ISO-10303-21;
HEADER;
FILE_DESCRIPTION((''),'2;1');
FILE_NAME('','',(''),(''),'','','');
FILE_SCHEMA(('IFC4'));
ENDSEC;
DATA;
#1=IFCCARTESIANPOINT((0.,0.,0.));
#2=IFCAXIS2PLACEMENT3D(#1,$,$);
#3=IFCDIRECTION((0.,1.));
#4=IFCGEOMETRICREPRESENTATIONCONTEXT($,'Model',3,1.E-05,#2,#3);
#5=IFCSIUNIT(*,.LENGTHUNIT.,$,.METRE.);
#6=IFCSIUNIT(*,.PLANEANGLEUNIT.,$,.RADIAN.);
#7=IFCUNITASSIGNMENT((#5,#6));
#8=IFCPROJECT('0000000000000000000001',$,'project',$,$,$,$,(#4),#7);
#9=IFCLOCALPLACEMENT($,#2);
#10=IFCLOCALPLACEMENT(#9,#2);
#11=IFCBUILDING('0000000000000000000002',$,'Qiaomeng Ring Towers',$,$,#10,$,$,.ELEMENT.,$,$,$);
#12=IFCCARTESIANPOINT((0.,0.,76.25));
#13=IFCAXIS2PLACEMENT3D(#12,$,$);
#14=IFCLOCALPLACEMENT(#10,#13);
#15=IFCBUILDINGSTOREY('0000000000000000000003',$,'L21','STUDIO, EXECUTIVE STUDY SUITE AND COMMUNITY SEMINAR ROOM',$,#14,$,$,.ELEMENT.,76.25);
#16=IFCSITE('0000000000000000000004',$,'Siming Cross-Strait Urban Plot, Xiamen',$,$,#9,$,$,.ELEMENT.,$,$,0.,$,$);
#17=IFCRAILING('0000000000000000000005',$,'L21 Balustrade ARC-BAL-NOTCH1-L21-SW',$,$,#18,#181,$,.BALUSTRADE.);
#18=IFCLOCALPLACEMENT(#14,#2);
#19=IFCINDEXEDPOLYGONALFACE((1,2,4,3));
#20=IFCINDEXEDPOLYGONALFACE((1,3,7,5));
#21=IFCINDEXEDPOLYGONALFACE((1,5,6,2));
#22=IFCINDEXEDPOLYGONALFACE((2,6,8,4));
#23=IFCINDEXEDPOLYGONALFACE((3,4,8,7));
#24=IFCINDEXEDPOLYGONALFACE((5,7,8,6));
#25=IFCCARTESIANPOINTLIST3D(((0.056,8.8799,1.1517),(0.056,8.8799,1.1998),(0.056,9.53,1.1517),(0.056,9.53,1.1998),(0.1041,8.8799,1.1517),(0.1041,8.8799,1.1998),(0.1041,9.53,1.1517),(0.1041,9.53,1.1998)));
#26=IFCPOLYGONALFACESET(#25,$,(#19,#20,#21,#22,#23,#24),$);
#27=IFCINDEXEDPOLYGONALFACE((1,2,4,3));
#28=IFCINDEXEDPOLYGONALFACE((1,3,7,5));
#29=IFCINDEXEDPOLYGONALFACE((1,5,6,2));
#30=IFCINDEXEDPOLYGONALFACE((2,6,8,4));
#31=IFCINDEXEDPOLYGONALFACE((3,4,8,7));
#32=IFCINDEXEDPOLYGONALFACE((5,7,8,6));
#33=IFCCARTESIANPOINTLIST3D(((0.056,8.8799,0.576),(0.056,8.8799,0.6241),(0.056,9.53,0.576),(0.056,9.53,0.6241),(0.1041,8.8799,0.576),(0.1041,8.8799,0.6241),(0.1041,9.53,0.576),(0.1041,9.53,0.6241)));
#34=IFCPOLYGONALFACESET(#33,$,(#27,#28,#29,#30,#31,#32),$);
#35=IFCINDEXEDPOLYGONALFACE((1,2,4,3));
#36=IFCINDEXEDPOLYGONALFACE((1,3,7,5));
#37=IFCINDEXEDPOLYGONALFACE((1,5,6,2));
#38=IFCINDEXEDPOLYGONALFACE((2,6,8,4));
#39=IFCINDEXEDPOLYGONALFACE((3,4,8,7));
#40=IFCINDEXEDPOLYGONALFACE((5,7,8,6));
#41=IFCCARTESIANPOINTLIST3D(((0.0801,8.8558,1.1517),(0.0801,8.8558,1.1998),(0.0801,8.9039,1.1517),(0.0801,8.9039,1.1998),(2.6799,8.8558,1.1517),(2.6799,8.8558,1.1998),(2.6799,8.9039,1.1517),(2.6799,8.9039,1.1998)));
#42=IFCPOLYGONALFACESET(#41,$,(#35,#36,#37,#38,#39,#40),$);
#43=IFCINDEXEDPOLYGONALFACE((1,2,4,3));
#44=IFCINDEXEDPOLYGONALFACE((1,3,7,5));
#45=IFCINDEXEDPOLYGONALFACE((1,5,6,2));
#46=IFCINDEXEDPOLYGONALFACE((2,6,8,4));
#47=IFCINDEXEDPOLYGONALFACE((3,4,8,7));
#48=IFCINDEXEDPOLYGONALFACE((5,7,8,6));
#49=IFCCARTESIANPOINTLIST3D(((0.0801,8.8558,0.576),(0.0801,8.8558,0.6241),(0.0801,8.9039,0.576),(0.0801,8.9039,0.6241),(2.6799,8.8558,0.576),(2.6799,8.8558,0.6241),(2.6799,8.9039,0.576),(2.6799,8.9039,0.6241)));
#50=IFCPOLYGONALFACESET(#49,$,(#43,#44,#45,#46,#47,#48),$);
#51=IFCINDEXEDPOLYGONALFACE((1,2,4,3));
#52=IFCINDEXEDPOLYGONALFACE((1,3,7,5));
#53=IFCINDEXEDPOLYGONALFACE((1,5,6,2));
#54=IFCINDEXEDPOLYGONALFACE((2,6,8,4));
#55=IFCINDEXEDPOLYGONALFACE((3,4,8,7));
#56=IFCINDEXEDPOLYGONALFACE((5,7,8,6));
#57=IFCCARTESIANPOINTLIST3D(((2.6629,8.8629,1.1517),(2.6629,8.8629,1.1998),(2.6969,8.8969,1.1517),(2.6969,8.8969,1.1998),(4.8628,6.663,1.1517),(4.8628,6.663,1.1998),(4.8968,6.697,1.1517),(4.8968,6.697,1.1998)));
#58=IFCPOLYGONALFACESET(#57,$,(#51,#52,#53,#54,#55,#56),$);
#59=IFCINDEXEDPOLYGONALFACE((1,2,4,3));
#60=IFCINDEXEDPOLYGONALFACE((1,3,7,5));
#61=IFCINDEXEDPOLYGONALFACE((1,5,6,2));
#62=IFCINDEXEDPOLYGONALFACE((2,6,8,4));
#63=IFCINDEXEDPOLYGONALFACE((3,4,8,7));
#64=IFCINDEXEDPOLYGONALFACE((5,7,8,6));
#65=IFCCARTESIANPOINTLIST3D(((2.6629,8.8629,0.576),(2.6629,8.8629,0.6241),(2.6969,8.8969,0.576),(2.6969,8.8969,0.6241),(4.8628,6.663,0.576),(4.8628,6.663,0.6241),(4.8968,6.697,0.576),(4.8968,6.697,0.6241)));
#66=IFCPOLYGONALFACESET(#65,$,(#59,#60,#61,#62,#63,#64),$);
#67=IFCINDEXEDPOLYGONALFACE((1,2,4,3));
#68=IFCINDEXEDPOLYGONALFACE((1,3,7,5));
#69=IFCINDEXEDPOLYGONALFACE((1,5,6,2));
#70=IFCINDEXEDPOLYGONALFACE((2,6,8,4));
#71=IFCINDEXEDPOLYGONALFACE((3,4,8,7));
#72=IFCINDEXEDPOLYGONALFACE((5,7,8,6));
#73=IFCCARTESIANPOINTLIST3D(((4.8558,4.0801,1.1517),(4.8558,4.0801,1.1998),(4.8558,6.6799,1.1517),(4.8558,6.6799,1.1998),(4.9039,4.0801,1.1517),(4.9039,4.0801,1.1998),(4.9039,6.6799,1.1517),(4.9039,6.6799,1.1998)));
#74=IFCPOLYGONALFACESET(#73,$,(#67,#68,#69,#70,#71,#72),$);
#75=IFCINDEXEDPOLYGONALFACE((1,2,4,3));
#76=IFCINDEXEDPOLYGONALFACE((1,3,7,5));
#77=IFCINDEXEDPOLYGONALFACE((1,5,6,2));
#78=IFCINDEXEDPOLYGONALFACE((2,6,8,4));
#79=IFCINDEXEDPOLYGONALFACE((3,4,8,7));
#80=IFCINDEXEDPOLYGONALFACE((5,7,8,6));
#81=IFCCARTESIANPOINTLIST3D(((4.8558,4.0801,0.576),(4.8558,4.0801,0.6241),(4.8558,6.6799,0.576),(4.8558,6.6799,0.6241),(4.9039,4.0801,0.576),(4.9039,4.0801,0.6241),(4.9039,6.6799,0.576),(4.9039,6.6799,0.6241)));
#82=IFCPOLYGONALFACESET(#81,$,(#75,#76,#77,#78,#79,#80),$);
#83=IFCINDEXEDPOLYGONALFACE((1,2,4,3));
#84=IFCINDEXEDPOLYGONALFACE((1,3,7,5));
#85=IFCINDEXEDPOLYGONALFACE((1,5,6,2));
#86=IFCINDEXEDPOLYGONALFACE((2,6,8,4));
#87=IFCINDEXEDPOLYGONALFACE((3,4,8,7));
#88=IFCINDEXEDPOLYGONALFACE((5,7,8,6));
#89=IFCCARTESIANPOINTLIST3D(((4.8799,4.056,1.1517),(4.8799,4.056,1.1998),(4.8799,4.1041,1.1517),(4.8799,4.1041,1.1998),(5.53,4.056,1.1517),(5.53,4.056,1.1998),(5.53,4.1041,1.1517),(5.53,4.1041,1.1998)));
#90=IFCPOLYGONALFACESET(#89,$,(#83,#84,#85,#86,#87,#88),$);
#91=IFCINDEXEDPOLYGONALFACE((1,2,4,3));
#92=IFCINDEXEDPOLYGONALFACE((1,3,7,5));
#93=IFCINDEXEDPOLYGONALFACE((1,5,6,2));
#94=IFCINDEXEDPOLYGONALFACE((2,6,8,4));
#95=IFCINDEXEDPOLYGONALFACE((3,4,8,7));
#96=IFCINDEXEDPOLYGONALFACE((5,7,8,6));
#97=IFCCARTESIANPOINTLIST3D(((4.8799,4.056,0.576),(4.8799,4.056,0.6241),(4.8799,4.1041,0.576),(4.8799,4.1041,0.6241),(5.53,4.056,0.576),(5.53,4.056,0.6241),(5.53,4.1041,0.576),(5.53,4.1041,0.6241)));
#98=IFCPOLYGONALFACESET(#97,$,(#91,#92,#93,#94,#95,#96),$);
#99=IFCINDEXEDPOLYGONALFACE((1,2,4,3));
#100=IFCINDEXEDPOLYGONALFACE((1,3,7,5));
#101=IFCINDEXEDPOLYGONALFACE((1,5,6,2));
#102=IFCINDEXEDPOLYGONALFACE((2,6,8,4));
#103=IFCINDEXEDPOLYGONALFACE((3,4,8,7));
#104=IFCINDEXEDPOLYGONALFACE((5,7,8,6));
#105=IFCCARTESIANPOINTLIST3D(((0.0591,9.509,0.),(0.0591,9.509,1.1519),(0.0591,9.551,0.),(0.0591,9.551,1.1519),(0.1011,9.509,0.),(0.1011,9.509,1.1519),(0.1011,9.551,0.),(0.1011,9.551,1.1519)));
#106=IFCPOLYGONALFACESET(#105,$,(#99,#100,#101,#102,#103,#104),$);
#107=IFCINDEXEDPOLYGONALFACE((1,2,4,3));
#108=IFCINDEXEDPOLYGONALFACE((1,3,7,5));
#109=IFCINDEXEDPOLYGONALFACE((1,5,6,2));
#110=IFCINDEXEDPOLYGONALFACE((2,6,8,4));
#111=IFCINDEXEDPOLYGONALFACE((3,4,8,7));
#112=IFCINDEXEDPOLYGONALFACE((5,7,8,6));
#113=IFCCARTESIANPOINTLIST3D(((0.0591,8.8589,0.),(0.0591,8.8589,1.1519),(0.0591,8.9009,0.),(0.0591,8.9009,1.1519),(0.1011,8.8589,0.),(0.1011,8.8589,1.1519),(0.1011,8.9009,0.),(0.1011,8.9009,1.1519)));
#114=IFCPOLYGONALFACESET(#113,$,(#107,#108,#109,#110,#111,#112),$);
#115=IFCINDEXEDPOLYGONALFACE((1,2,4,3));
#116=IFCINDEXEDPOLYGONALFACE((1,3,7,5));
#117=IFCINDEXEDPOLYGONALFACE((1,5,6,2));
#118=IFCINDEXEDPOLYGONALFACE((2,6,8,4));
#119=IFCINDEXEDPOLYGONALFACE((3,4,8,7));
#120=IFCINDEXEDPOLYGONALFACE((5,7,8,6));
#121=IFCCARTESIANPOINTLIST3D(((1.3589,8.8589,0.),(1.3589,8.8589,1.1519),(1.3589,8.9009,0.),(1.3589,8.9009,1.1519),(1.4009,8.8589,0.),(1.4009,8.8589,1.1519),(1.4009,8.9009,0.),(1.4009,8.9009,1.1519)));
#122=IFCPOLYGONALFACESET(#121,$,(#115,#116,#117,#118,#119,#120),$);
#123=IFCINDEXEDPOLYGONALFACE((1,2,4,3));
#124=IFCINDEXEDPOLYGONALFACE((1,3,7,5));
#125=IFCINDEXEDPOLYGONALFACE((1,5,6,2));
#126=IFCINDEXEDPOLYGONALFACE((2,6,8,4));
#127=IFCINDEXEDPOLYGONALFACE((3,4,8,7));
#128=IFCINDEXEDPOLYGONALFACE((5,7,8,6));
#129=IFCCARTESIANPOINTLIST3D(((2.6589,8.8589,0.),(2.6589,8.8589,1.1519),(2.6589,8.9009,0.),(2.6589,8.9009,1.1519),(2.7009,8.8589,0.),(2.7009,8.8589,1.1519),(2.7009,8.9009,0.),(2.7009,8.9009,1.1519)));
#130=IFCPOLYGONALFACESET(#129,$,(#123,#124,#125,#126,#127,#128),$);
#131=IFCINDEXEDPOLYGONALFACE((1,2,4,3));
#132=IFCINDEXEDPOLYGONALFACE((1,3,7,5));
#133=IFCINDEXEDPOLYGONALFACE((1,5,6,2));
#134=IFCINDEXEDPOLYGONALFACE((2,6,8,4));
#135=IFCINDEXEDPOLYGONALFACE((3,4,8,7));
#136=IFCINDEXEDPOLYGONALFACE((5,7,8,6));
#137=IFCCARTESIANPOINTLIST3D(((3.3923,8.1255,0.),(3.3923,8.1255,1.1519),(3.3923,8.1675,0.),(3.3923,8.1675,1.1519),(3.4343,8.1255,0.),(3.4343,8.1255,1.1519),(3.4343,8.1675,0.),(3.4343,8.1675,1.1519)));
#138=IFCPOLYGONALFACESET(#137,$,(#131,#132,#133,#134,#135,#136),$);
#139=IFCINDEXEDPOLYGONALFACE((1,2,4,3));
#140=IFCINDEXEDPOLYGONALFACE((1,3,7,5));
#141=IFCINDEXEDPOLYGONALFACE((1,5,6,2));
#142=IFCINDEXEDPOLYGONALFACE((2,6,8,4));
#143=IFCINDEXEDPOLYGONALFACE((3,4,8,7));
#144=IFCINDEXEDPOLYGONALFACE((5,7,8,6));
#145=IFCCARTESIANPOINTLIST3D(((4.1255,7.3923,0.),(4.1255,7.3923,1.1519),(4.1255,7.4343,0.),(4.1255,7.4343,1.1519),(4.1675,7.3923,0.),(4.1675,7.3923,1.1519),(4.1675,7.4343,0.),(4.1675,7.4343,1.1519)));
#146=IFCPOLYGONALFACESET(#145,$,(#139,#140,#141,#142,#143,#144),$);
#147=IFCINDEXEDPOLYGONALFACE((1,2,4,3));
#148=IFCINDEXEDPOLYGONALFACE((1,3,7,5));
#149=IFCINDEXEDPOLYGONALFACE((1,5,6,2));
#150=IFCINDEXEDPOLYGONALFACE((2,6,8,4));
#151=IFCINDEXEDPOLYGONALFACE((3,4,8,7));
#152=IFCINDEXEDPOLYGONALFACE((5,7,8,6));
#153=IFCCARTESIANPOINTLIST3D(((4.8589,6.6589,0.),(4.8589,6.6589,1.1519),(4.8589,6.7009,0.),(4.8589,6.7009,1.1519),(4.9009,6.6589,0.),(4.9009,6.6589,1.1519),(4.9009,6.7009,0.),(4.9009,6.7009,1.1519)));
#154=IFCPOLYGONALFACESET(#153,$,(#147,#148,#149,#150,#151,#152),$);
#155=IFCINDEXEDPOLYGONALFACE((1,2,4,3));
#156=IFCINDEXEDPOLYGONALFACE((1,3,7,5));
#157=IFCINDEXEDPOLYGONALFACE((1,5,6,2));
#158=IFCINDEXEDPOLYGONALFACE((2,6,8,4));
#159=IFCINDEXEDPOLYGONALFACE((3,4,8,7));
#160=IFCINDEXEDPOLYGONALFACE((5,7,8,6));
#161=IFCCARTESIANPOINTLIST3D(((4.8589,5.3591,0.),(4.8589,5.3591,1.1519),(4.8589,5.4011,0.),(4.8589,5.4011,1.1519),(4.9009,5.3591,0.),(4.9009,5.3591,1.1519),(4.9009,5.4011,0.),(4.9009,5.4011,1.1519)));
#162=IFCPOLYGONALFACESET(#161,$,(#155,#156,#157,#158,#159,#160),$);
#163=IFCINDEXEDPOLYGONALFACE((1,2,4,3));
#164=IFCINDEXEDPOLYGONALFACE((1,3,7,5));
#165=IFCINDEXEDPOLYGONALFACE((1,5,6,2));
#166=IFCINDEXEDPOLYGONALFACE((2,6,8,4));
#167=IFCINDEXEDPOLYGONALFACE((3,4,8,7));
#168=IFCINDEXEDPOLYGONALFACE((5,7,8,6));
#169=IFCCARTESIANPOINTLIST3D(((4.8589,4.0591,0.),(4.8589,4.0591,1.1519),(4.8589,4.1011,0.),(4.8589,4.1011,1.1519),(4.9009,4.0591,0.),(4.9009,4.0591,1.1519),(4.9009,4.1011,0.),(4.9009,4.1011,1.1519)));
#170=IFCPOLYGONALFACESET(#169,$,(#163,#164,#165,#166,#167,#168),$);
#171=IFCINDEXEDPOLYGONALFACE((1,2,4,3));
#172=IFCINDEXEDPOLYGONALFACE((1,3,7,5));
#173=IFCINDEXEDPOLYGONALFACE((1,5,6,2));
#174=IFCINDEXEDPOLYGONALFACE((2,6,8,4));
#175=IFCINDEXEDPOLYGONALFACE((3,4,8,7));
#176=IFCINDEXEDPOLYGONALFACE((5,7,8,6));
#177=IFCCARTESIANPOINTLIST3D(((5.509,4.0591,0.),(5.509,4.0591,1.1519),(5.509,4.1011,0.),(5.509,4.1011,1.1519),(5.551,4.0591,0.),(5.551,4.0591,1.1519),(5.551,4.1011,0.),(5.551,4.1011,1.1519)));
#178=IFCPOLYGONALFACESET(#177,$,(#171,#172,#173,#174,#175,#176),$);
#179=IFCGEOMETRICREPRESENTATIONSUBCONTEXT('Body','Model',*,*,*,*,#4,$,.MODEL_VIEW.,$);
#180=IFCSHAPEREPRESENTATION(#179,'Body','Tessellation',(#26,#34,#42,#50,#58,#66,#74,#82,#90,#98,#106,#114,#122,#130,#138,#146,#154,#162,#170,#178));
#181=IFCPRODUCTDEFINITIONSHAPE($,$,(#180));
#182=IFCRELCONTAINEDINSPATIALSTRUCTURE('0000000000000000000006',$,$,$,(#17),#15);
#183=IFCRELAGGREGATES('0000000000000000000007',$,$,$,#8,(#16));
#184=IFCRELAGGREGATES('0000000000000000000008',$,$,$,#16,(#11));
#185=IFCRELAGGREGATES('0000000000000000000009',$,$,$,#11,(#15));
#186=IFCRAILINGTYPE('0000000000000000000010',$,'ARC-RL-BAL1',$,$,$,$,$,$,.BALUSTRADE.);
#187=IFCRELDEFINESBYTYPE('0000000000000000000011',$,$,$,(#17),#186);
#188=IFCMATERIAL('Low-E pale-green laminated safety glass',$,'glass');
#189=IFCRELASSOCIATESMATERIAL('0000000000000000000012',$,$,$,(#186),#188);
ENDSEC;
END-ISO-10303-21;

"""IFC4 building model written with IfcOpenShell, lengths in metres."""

from ifc_helpers import new_model, si_unit, direction, frame, origin, origin_2d, place, context, subcontext, project, spatial, rectangle, extrude, material, type_object, element, save


model = new_model("IFC4")

# Units and contexts
model_context = context("Model", 3, precision=1e-05, world=origin(), true_north=direction((0.0, 1.0)))
body_context = subcontext(model_context, "Body", "Model", "MODEL_VIEW")
ifc_project = project(units=[si_unit("LENGTHUNIT", "METRE"), si_unit("PLANEANGLEUNIT", "RADIAN")], contexts=[model_context])

# Site, building, storey
site_placement = place(None, origin())
site = spatial("IfcSite", under=ifc_project, at=site_placement, Name="Siming Cross-Strait Urban Plot, Xiamen", CompositionType="ELEMENT", RefElevation=0.0)
building_placement = place(site_placement, origin())
building = spatial("IfcBuilding", under=site, at=building_placement, Name="Qiaomeng Ring Towers", CompositionType="ELEMENT")
storey_placement = place(building_placement, frame((0.0, 0.0, 76.25)))
storey = spatial("IfcBuildingStorey", under=building, at=storey_placement, Name="L21", Description="STUDIO, EXECUTIVE STUDY SUITE AND COMMUNITY SEMINAR ROOM", CompositionType="ELEMENT", Elevation=76.25)

# Railing
ifc_material_1 = material(Name="Low-E pale-green laminated safety glass", Category="glass")
railing_type = type_object("IfcRailingType", Name="ARC-RL-BAL1", PredefinedType="BALUSTRADE", material=ifc_material_1)
railing_1_placement = place(storey_placement, frame((0.0801, 9.53, 0.0)))
element("IfcRailing", 1, at=railing_1_placement, inside=storey, type_object=railing_type, Name="L21 Balustrade ARC-BAL-NOTCH1-L21-SW", PredefinedType="BALUSTRADE", context=body_context, shape_type="SweptSolid", body=[
    extrude(rectangle(XDim=0.0481, YDim=0.0481, at=origin_2d()), frame((0.0, 0.0, 1.1758), z_axis=(0.0, -1.0, 0.0), x_axis=(1.0, 0.0, 0.0)), (0.0, 0.0, 1.0), 0.6501),
    extrude(rectangle(XDim=0.0481, YDim=0.0481, at=origin_2d()), frame((0.0, 0.0, 0.6001), z_axis=(0.0, -1.0, 0.0), x_axis=(1.0, 0.0, 0.0)), (0.0, 0.0, 1.0), 0.6501),
    extrude(rectangle(XDim=0.0481, YDim=0.0481, at=origin_2d()), frame((0.0, -0.6501, 1.1758), z_axis=(1.0, 0.0, 0.0), x_axis=(0.0, 1.0, 0.0)), (0.0, 0.0, 1.0), 2.5999),
    extrude(rectangle(XDim=0.0481, YDim=0.0481, at=origin_2d()), frame((0.0, -0.6501, 0.6001), z_axis=(1.0, 0.0, 0.0), x_axis=(0.0, 1.0, 0.0)), (0.0, 0.0, 1.0), 2.5999),
    extrude(rectangle(XDim=0.0481, YDim=0.0481, at=origin_2d()), frame((2.5999, -0.6501, 1.1758), z_axis=(0.707107, -0.707107, 0.0), x_axis=(0.707107, 0.707107, 0.0)), (0.0, 0.0, 1.0), 3.1111),
    extrude(rectangle(XDim=0.0481, YDim=0.0481, at=origin_2d()), frame((2.5999, -0.6501, 0.6001), z_axis=(0.707107, -0.707107, 0.0), x_axis=(0.707107, 0.707107, 0.0)), (0.0, 0.0, 1.0), 3.1111),
    extrude(rectangle(XDim=0.0481, YDim=0.0481, at=origin_2d()), frame((4.7998, -2.8501, 1.1758), z_axis=(0.0, -1.0, 0.0), x_axis=(1.0, 0.0, 0.0)), (0.0, 0.0, 1.0), 2.5999),
    extrude(rectangle(XDim=0.0481, YDim=0.0481, at=origin_2d()), frame((4.7998, -2.8501, 0.6001), z_axis=(0.0, -1.0, 0.0), x_axis=(1.0, 0.0, 0.0)), (0.0, 0.0, 1.0), 2.5999),
    extrude(rectangle(XDim=0.0481, YDim=0.0481, at=origin_2d()), frame((4.7998, -5.45, 1.1758), z_axis=(1.0, 0.0, 0.0), x_axis=(0.0, 1.0, 0.0)), (0.0, 0.0, 1.0), 0.6501),
    extrude(rectangle(XDim=0.0481, YDim=0.0481, at=origin_2d()), frame((4.7998, -5.45, 0.6001), z_axis=(1.0, 0.0, 0.0), x_axis=(0.0, 1.0, 0.0)), (0.0, 0.0, 1.0), 0.6501),
    extrude(rectangle(XDim=0.042, YDim=0.042, at=origin_2d()), origin(), (0.0, 0.0, 1.0), 1.1519),
    extrude(rectangle(XDim=0.042, YDim=0.042, at=origin_2d()), frame((0.0, -0.6501, 0.0)), (0.0, 0.0, 1.0), 1.1519),
    extrude(rectangle(XDim=0.042, YDim=0.042, at=origin_2d()), frame((1.2998, -0.6501, 0.0)), (0.0, 0.0, 1.0), 1.1519),
    extrude(rectangle(XDim=0.042, YDim=0.042, at=origin_2d()), frame((2.5999, -0.6501, 0.0)), (0.0, 0.0, 1.0), 1.1519),
    extrude(rectangle(XDim=0.042, YDim=0.042, at=origin_2d()), frame((3.3333, -1.3835, 0.0)), (0.0, 0.0, 1.0), 1.1519),
    extrude(rectangle(XDim=0.042, YDim=0.042, at=origin_2d()), frame((4.0664, -2.1167, 0.0)), (0.0, 0.0, 1.0), 1.1519),
    extrude(rectangle(XDim=0.042, YDim=0.042, at=origin_2d()), frame((4.7998, -2.8501, 0.0)), (0.0, 0.0, 1.0), 1.1519),
    extrude(rectangle(XDim=0.042, YDim=0.042, at=origin_2d()), frame((4.7998, -4.1499, 0.0)), (0.0, 0.0, 1.0), 1.1519),
    extrude(rectangle(XDim=0.042, YDim=0.042, at=origin_2d()), frame((4.7998, -5.45, 0.0)), (0.0, 0.0, 1.0), 1.1519),
    extrude(rectangle(XDim=0.042, YDim=0.042, at=origin_2d()), frame((5.45, -5.45, 0.0)), (0.0, 0.0, 1.0), 1.1519),
])

save(model, "model.ifc")
